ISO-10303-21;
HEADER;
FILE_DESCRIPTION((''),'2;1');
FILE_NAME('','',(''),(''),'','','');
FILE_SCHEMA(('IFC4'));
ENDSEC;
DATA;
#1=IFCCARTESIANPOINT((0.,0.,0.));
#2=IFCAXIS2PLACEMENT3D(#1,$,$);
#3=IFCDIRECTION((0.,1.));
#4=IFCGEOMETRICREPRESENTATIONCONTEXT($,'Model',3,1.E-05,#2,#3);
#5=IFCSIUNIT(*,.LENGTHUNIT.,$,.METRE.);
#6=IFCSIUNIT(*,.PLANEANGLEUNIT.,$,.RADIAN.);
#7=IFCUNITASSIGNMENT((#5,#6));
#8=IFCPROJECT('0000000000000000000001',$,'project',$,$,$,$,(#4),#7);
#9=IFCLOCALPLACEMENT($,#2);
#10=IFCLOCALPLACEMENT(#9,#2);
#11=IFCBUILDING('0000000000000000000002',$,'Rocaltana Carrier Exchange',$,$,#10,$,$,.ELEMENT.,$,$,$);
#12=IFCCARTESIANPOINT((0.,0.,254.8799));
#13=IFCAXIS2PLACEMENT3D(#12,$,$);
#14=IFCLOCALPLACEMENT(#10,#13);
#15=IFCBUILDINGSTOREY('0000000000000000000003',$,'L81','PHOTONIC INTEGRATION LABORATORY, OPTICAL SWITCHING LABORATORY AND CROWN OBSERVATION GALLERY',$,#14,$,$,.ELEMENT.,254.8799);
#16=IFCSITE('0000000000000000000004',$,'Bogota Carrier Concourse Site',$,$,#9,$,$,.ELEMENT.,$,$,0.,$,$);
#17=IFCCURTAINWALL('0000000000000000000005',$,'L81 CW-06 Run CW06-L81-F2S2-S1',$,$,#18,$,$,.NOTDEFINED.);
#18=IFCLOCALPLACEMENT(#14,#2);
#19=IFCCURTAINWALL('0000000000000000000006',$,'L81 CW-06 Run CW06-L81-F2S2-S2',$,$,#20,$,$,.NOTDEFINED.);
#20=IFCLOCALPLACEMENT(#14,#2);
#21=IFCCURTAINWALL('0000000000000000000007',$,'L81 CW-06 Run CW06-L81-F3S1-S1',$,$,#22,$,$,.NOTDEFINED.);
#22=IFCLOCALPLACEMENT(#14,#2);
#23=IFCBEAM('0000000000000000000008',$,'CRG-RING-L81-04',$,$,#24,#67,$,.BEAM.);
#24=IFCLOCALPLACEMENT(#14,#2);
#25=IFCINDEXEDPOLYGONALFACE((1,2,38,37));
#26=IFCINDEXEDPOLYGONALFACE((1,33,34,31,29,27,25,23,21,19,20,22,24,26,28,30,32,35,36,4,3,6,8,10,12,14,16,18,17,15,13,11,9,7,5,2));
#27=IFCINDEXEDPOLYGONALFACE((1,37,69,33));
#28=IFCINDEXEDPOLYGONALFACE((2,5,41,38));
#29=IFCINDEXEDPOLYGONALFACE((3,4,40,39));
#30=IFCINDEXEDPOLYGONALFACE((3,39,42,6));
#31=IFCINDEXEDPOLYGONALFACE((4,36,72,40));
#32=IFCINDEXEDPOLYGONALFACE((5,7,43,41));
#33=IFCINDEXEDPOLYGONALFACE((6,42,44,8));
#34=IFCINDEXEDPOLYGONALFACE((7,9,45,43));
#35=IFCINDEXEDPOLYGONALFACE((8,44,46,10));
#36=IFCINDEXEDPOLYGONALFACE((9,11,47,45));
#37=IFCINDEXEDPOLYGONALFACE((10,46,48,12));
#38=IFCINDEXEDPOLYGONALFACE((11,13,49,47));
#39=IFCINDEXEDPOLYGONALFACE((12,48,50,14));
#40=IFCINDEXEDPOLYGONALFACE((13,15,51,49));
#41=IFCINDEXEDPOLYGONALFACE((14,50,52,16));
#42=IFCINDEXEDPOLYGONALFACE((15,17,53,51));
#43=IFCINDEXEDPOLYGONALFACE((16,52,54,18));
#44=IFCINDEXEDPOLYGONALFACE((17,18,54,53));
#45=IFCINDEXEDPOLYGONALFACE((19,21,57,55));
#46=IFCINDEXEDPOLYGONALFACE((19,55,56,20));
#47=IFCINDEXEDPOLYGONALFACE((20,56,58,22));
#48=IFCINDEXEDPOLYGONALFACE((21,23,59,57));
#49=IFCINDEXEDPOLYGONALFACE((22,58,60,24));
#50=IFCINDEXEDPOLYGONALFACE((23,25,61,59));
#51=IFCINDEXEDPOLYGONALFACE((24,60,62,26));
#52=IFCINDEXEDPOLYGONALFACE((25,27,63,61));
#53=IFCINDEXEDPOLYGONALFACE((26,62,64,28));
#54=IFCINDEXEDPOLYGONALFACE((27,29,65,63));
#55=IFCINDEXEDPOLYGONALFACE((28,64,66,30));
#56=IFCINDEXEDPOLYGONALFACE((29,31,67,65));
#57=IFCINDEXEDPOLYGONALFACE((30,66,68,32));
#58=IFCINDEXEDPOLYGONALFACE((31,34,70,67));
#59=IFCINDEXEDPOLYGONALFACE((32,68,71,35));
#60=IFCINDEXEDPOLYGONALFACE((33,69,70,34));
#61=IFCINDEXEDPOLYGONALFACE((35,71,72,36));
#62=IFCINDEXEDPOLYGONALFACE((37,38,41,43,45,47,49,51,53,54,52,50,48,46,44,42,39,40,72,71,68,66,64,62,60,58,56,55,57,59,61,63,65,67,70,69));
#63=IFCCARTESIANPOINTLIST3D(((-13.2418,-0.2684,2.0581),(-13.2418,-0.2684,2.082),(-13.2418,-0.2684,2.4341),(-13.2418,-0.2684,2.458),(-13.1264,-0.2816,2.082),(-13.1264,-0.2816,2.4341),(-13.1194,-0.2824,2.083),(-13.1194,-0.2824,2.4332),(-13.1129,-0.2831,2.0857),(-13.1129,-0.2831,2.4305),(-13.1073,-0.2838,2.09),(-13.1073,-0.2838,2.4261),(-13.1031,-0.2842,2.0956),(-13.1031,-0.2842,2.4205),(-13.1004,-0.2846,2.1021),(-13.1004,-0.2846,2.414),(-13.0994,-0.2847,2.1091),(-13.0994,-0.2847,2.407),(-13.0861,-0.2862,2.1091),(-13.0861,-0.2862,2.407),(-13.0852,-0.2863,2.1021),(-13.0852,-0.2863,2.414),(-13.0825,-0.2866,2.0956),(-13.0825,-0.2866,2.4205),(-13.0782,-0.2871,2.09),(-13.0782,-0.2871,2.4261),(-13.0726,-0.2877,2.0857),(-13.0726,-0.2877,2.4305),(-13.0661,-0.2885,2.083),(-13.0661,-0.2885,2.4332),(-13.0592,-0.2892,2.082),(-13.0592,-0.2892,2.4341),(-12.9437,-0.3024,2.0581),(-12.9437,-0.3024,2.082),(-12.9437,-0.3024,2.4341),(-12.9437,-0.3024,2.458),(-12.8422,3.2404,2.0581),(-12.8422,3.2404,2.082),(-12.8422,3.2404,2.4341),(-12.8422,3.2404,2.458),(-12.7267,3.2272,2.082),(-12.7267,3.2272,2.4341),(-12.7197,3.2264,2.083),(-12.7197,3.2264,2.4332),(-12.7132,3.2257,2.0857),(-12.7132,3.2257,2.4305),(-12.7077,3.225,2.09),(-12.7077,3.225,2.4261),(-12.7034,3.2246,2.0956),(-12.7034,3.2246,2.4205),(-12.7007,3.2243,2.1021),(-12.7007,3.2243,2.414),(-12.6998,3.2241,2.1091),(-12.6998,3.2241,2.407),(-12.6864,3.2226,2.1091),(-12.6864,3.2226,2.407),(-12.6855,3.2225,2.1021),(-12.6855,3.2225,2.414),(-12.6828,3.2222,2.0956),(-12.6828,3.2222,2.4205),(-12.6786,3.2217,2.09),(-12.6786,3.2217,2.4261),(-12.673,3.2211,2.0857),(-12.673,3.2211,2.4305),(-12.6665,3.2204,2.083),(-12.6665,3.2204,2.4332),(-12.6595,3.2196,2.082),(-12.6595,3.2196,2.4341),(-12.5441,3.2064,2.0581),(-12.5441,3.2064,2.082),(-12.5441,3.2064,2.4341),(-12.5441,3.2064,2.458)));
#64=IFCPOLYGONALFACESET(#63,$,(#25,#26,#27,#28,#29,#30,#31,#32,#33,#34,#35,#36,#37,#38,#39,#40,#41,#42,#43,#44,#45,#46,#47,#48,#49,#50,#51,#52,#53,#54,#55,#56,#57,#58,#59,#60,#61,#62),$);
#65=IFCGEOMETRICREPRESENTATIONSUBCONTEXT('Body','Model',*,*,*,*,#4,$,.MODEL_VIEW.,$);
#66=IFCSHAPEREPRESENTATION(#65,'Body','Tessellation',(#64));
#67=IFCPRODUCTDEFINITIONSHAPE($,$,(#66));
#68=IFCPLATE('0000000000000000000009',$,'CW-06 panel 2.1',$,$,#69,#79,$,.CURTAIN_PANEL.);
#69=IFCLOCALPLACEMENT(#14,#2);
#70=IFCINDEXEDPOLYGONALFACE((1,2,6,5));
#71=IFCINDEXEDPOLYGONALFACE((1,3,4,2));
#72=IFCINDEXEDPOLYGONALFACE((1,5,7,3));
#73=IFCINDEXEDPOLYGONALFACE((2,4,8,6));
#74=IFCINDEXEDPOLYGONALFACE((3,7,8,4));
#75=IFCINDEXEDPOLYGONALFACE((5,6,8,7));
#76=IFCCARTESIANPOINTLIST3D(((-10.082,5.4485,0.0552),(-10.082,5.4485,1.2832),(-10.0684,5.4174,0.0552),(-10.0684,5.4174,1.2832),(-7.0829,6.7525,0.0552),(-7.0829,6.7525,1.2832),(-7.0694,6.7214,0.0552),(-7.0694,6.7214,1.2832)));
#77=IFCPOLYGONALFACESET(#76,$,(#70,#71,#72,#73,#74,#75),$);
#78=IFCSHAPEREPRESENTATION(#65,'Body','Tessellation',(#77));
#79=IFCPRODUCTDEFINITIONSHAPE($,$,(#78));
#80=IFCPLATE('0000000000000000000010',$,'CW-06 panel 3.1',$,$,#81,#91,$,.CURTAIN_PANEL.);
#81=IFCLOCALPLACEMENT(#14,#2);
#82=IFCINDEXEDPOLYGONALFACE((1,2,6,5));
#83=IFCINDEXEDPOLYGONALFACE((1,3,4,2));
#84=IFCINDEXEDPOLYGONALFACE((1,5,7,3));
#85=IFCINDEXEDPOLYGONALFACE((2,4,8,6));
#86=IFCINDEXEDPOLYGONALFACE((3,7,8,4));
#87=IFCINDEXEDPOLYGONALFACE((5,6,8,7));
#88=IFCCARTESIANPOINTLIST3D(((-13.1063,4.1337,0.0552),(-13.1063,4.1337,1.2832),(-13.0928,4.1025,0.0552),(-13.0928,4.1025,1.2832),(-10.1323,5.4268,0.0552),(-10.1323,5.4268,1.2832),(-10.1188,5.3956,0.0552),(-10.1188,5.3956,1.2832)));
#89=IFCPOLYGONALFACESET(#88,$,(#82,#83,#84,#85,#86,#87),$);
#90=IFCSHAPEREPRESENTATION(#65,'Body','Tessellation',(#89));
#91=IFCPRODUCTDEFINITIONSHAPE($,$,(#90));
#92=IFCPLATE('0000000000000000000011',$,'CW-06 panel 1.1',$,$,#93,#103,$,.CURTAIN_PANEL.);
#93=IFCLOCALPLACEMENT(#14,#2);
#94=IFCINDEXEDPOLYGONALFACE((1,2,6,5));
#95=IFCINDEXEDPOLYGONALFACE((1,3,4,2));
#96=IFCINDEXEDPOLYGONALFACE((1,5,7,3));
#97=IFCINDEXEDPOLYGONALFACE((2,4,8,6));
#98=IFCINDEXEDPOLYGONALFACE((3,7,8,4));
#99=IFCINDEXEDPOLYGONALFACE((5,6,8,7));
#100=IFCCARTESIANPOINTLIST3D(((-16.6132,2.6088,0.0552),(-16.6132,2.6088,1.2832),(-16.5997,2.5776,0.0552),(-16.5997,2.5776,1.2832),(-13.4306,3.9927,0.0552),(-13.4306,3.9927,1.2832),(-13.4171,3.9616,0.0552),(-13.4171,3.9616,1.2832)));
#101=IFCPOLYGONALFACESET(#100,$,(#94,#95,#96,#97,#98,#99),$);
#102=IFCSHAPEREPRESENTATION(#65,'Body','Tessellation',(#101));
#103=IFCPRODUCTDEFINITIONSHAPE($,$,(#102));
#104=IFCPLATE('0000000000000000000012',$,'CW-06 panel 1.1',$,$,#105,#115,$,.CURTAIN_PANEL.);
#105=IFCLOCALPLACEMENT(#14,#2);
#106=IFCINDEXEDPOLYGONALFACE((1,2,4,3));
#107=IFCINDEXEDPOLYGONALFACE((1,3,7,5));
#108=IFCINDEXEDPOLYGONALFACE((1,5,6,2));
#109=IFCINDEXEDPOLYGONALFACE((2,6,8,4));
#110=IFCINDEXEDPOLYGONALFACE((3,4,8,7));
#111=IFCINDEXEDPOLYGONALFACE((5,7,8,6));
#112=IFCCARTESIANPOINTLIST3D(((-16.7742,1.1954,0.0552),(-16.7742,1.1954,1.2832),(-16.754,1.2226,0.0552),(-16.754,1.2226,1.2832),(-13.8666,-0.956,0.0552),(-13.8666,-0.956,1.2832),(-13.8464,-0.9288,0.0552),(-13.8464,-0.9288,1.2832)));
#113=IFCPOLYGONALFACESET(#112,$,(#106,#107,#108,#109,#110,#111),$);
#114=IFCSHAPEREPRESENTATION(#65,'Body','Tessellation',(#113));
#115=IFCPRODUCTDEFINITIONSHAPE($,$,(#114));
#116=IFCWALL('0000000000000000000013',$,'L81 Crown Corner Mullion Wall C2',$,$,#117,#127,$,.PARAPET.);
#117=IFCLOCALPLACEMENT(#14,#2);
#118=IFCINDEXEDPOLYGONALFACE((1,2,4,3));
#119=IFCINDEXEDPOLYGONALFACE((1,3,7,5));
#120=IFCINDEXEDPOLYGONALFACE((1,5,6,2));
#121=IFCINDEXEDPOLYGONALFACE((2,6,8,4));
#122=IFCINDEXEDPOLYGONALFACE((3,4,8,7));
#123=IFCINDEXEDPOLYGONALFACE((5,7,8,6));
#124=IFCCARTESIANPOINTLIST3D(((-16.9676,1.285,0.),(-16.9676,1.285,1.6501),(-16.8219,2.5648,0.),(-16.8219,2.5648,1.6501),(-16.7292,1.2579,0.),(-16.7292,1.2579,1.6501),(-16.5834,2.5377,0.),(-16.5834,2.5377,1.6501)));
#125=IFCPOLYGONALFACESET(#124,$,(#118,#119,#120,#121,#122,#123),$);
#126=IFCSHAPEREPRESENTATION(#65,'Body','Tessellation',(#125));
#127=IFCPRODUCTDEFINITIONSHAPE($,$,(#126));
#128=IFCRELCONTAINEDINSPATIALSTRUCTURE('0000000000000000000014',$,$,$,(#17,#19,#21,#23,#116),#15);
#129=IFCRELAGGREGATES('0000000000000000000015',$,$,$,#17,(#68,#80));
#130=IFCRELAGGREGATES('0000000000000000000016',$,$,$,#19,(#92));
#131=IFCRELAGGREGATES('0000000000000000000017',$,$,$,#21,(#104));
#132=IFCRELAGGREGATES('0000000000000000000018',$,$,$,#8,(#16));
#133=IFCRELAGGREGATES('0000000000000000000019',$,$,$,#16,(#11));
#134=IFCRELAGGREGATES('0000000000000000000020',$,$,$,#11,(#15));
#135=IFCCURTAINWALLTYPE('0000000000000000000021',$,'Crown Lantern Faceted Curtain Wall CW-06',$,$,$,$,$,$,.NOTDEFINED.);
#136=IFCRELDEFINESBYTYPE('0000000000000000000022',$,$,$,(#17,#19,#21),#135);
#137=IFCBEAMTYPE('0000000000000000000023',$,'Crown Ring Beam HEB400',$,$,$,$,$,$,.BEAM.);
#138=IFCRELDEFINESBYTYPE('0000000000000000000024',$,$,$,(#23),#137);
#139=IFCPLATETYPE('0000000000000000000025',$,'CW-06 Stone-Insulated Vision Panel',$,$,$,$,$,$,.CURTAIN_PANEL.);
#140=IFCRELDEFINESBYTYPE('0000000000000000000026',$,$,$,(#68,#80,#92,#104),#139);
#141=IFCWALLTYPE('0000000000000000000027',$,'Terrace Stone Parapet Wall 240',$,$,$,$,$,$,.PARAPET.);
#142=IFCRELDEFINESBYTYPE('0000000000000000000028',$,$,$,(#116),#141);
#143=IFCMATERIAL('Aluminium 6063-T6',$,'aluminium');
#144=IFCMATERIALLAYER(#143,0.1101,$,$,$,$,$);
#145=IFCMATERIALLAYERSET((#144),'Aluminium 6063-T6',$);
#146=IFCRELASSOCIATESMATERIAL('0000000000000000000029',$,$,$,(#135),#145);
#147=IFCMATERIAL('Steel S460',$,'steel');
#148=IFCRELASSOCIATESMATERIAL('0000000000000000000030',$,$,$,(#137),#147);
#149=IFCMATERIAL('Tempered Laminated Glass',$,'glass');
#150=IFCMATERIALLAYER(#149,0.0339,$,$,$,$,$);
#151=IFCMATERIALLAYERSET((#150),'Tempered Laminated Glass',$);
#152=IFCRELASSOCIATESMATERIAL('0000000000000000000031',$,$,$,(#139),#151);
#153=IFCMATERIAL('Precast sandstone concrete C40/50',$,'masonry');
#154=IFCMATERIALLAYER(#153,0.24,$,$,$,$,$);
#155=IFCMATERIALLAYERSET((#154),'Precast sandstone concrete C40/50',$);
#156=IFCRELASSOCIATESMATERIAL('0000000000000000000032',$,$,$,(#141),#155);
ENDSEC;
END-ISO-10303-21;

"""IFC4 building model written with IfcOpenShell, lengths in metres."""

from ifc_helpers import new_model, si_unit, direction, frame, frame_2d, origin, origin_2d, place, context, subcontext, project, spatial, rectangle, i_section, extrude, material, layer, layer_set, material_profile, profile_set, type_object, element, aggregate, save


model = new_model("IFC4")

# Units and contexts
model_context = context("Model", 3, precision=1e-05, world=origin(), true_north=direction((0.0, 1.0)))
body_context = subcontext(model_context, "Body", "Model", "MODEL_VIEW")
ifc_project = project(units=[si_unit("LENGTHUNIT", "METRE"), si_unit("PLANEANGLEUNIT", "RADIAN")], contexts=[model_context])

# Site, building, storey
site_placement = place(None, origin())
site = spatial("IfcSite", under=ifc_project, at=site_placement, Name="Bogota Carrier Concourse Site", CompositionType="ELEMENT", RefElevation=0.0)
building_placement = place(site_placement, origin())
building = spatial("IfcBuilding", under=site, at=building_placement, Name="Rocaltana Carrier Exchange", CompositionType="ELEMENT")
storey_placement = place(building_placement, frame((0.0, 0.0, 254.8799)))
storey = spatial("IfcBuildingStorey", under=building, at=storey_placement, Name="L81", Description="PHOTONIC INTEGRATION LABORATORY, OPTICAL SWITCHING LABORATORY AND CROWN OBSERVATION GALLERY", CompositionType="ELEMENT", Elevation=254.8799)

# Curtain walls
ifc_material_1 = material(Name="Aluminium 6063-T6", Category="aluminium")
ifc_layer_1 = layer(ifc_material_1, 0.1101)
ifc_layer_set_1 = layer_set([ifc_layer_1], Name="Aluminium 6063-T6")
curtain_wall_type = type_object("IfcCurtainWallType", Name="Crown Lantern Faceted Curtain Wall CW-06", PredefinedType="NOTDEFINED", material=ifc_layer_set_1)
curtain_wall_1_placement = place(storey_placement, origin())
curtain_wall_1 = element("IfcCurtainWall", 1, at=curtain_wall_1_placement, inside=storey, type_object=curtain_wall_type, Name="L81 CW-06 Run CW06-L81-F2S2-S1", PredefinedType="NOTDEFINED")
curtain_wall_2_placement = place(storey_placement, origin())
curtain_wall_2 = element("IfcCurtainWall", 2, at=curtain_wall_2_placement, inside=storey, type_object=curtain_wall_type, Name="L81 CW-06 Run CW06-L81-F2S2-S2", PredefinedType="NOTDEFINED")

# Curtain wall
curtain_wall_3_placement = place(storey_placement, origin())
curtain_wall_3 = element("IfcCurtainWall", 3, at=curtain_wall_3_placement, inside=storey, type_object=curtain_wall_type, Name="L81 CW-06 Run CW06-L81-F3S1-S1", PredefinedType="NOTDEFINED")

# Beam
ifc_material_2 = material(Name="Steel S460", Category="steel")
ifc_material_profile_1 = material_profile(ifc_material_2, i_section(OverallWidth=0.3, OverallDepth=0.3999, WebThickness=0.0134, FlangeThickness=0.0239, FilletRadius=0.0271, at=origin_2d()), Name="HEB400")
ifc_profile_set_1 = profile_set([ifc_material_profile_1], Name="Steel S460")
beam_type_1 = type_object("IfcBeamType", Name="Crown Ring Beam HEB400", PredefinedType="BEAM", material=ifc_profile_set_1)
beam_1_placement = place(storey_placement, frame((-12.6931, 3.2234, 2.2581), z_axis=(-0.11317, -0.993576, 0.0), x_axis=(0.993576, -0.11317, 0.0)))
element("IfcBeam", 4, at=beam_1_placement, inside=storey, type_object=beam_type_1, Name="CRG-RING-L81-04", PredefinedType="BEAM", context=body_context, shape_type="SweptSolid", body=[
    extrude(i_section(OverallWidth=0.3, OverallDepth=0.3999, WebThickness=0.0134, FlangeThickness=0.0239, FilletRadius=0.0271, at=origin_2d()), origin(), (0.0, 0.0, 1.0), 3.5315),
])

# Plates
ifc_material_3 = material(Name="Tempered Laminated Glass", Category="glass")
ifc_layer_2 = layer(ifc_material_3, 0.0339)
ifc_layer_set_2 = layer_set([ifc_layer_2], Name="Tempered Laminated Glass")
plate_type = type_object("IfcPlateType", Name="CW-06 Stone-Insulated Vision Panel", PredefinedType="CURTAIN_PANEL", material=ifc_layer_set_2)
plate_1_placement = place(storey_placement, frame((-8.5757, 6.085, 0.0552), z_axis=(0.0, 0.0, 1.0), x_axis=(-0.917059, -0.398751, 0.0)))
plate_1 = element("IfcPlate", 5, at=plate_1_placement, type_object=plate_type, Name="CW-06 panel 2.1", PredefinedType="CURTAIN_PANEL", context=body_context, shape_type="SweptSolid", body=[
    extrude(rectangle(XDim=3.2703, YDim=0.0339, at=origin_2d()), origin(), (0.0, 0.0, 1.0), 1.228),
])
plate_2_placement = place(storey_placement, frame((-11.6125, 4.7646, 0.0552), z_axis=(0.0, 0.0, 1.0), x_axis=(-0.917059, -0.398751, 0.0)))
plate_2 = element("IfcPlate", 6, at=plate_2_placement, type_object=plate_type, Name="CW-06 panel 3.1", PredefinedType="CURTAIN_PANEL", context=body_context, shape_type="SweptSolid", body=[
    extrude(rectangle(XDim=3.2429, YDim=0.0339, at=origin_2d()), origin(), (0.0, 0.0, 1.0), 1.228),
])
aggregate(curtain_wall_1, [plate_1, plate_2])
plate_3_placement = place(storey_placement, frame((-15.0151, 3.2852, 0.0552), z_axis=(0.0, 0.0, 1.0), x_axis=(-0.917051, -0.398771, 0.0)))
plate_3 = element("IfcPlate", 7, at=plate_3_placement, type_object=plate_type, Name="CW-06 panel 1.1", PredefinedType="CURTAIN_PANEL", context=body_context, shape_type="SweptSolid", body=[
    extrude(rectangle(XDim=3.4705, YDim=0.0339, at=origin_2d()), origin(), (0.0, 0.0, 1.0), 1.228),
])
aggregate(curtain_wall_2, [plate_3])
plate_4_placement = place(storey_placement, frame((-15.3103, 0.1333, 0.0552), z_axis=(0.0, 0.0, 1.0), x_axis=(0.803863, -0.594814, 0.0)))
plate_4 = element("IfcPlate", 8, at=plate_4_placement, type_object=plate_type, Name="CW-06 panel 1.1", PredefinedType="CURTAIN_PANEL", context=body_context, shape_type="SweptSolid", body=[
    extrude(rectangle(XDim=3.6169, YDim=0.0339, at=origin_2d()), origin(), (0.0, 0.0, 1.0), 1.228),
])
aggregate(curtain_wall_3, [plate_4])

# Wall
ifc_material_4 = material(Name="Precast sandstone concrete C40/50", Category="masonry")
ifc_layer_3 = layer(ifc_material_4, 0.24)
ifc_layer_set_3 = layer_set([ifc_layer_3], Name="Precast sandstone concrete C40/50")
wall_type = type_object("IfcWallType", Name="Terrace Stone Parapet Wall 240", PredefinedType="PARAPET", material=ifc_layer_set_3)
wall_placement = place(storey_placement, frame((-16.7026, 2.5513, 0.0), z_axis=(0.0, 0.0, 1.0), x_axis=(-0.113156, -0.993577, 0.0)))
element("IfcWall", 9, at=wall_placement, inside=storey, type_object=wall_type, Name="L81 Crown Corner Mullion Wall C2", PredefinedType="PARAPET", context=body_context, shape_type="SweptSolid", body=[
    extrude(rectangle(XDim=1.2881, YDim=0.24, at=frame_2d((0.644, 0.0))), origin(), (0.0, 0.0, 1.0), 1.6501),
])

save(model, "model.ifc")
